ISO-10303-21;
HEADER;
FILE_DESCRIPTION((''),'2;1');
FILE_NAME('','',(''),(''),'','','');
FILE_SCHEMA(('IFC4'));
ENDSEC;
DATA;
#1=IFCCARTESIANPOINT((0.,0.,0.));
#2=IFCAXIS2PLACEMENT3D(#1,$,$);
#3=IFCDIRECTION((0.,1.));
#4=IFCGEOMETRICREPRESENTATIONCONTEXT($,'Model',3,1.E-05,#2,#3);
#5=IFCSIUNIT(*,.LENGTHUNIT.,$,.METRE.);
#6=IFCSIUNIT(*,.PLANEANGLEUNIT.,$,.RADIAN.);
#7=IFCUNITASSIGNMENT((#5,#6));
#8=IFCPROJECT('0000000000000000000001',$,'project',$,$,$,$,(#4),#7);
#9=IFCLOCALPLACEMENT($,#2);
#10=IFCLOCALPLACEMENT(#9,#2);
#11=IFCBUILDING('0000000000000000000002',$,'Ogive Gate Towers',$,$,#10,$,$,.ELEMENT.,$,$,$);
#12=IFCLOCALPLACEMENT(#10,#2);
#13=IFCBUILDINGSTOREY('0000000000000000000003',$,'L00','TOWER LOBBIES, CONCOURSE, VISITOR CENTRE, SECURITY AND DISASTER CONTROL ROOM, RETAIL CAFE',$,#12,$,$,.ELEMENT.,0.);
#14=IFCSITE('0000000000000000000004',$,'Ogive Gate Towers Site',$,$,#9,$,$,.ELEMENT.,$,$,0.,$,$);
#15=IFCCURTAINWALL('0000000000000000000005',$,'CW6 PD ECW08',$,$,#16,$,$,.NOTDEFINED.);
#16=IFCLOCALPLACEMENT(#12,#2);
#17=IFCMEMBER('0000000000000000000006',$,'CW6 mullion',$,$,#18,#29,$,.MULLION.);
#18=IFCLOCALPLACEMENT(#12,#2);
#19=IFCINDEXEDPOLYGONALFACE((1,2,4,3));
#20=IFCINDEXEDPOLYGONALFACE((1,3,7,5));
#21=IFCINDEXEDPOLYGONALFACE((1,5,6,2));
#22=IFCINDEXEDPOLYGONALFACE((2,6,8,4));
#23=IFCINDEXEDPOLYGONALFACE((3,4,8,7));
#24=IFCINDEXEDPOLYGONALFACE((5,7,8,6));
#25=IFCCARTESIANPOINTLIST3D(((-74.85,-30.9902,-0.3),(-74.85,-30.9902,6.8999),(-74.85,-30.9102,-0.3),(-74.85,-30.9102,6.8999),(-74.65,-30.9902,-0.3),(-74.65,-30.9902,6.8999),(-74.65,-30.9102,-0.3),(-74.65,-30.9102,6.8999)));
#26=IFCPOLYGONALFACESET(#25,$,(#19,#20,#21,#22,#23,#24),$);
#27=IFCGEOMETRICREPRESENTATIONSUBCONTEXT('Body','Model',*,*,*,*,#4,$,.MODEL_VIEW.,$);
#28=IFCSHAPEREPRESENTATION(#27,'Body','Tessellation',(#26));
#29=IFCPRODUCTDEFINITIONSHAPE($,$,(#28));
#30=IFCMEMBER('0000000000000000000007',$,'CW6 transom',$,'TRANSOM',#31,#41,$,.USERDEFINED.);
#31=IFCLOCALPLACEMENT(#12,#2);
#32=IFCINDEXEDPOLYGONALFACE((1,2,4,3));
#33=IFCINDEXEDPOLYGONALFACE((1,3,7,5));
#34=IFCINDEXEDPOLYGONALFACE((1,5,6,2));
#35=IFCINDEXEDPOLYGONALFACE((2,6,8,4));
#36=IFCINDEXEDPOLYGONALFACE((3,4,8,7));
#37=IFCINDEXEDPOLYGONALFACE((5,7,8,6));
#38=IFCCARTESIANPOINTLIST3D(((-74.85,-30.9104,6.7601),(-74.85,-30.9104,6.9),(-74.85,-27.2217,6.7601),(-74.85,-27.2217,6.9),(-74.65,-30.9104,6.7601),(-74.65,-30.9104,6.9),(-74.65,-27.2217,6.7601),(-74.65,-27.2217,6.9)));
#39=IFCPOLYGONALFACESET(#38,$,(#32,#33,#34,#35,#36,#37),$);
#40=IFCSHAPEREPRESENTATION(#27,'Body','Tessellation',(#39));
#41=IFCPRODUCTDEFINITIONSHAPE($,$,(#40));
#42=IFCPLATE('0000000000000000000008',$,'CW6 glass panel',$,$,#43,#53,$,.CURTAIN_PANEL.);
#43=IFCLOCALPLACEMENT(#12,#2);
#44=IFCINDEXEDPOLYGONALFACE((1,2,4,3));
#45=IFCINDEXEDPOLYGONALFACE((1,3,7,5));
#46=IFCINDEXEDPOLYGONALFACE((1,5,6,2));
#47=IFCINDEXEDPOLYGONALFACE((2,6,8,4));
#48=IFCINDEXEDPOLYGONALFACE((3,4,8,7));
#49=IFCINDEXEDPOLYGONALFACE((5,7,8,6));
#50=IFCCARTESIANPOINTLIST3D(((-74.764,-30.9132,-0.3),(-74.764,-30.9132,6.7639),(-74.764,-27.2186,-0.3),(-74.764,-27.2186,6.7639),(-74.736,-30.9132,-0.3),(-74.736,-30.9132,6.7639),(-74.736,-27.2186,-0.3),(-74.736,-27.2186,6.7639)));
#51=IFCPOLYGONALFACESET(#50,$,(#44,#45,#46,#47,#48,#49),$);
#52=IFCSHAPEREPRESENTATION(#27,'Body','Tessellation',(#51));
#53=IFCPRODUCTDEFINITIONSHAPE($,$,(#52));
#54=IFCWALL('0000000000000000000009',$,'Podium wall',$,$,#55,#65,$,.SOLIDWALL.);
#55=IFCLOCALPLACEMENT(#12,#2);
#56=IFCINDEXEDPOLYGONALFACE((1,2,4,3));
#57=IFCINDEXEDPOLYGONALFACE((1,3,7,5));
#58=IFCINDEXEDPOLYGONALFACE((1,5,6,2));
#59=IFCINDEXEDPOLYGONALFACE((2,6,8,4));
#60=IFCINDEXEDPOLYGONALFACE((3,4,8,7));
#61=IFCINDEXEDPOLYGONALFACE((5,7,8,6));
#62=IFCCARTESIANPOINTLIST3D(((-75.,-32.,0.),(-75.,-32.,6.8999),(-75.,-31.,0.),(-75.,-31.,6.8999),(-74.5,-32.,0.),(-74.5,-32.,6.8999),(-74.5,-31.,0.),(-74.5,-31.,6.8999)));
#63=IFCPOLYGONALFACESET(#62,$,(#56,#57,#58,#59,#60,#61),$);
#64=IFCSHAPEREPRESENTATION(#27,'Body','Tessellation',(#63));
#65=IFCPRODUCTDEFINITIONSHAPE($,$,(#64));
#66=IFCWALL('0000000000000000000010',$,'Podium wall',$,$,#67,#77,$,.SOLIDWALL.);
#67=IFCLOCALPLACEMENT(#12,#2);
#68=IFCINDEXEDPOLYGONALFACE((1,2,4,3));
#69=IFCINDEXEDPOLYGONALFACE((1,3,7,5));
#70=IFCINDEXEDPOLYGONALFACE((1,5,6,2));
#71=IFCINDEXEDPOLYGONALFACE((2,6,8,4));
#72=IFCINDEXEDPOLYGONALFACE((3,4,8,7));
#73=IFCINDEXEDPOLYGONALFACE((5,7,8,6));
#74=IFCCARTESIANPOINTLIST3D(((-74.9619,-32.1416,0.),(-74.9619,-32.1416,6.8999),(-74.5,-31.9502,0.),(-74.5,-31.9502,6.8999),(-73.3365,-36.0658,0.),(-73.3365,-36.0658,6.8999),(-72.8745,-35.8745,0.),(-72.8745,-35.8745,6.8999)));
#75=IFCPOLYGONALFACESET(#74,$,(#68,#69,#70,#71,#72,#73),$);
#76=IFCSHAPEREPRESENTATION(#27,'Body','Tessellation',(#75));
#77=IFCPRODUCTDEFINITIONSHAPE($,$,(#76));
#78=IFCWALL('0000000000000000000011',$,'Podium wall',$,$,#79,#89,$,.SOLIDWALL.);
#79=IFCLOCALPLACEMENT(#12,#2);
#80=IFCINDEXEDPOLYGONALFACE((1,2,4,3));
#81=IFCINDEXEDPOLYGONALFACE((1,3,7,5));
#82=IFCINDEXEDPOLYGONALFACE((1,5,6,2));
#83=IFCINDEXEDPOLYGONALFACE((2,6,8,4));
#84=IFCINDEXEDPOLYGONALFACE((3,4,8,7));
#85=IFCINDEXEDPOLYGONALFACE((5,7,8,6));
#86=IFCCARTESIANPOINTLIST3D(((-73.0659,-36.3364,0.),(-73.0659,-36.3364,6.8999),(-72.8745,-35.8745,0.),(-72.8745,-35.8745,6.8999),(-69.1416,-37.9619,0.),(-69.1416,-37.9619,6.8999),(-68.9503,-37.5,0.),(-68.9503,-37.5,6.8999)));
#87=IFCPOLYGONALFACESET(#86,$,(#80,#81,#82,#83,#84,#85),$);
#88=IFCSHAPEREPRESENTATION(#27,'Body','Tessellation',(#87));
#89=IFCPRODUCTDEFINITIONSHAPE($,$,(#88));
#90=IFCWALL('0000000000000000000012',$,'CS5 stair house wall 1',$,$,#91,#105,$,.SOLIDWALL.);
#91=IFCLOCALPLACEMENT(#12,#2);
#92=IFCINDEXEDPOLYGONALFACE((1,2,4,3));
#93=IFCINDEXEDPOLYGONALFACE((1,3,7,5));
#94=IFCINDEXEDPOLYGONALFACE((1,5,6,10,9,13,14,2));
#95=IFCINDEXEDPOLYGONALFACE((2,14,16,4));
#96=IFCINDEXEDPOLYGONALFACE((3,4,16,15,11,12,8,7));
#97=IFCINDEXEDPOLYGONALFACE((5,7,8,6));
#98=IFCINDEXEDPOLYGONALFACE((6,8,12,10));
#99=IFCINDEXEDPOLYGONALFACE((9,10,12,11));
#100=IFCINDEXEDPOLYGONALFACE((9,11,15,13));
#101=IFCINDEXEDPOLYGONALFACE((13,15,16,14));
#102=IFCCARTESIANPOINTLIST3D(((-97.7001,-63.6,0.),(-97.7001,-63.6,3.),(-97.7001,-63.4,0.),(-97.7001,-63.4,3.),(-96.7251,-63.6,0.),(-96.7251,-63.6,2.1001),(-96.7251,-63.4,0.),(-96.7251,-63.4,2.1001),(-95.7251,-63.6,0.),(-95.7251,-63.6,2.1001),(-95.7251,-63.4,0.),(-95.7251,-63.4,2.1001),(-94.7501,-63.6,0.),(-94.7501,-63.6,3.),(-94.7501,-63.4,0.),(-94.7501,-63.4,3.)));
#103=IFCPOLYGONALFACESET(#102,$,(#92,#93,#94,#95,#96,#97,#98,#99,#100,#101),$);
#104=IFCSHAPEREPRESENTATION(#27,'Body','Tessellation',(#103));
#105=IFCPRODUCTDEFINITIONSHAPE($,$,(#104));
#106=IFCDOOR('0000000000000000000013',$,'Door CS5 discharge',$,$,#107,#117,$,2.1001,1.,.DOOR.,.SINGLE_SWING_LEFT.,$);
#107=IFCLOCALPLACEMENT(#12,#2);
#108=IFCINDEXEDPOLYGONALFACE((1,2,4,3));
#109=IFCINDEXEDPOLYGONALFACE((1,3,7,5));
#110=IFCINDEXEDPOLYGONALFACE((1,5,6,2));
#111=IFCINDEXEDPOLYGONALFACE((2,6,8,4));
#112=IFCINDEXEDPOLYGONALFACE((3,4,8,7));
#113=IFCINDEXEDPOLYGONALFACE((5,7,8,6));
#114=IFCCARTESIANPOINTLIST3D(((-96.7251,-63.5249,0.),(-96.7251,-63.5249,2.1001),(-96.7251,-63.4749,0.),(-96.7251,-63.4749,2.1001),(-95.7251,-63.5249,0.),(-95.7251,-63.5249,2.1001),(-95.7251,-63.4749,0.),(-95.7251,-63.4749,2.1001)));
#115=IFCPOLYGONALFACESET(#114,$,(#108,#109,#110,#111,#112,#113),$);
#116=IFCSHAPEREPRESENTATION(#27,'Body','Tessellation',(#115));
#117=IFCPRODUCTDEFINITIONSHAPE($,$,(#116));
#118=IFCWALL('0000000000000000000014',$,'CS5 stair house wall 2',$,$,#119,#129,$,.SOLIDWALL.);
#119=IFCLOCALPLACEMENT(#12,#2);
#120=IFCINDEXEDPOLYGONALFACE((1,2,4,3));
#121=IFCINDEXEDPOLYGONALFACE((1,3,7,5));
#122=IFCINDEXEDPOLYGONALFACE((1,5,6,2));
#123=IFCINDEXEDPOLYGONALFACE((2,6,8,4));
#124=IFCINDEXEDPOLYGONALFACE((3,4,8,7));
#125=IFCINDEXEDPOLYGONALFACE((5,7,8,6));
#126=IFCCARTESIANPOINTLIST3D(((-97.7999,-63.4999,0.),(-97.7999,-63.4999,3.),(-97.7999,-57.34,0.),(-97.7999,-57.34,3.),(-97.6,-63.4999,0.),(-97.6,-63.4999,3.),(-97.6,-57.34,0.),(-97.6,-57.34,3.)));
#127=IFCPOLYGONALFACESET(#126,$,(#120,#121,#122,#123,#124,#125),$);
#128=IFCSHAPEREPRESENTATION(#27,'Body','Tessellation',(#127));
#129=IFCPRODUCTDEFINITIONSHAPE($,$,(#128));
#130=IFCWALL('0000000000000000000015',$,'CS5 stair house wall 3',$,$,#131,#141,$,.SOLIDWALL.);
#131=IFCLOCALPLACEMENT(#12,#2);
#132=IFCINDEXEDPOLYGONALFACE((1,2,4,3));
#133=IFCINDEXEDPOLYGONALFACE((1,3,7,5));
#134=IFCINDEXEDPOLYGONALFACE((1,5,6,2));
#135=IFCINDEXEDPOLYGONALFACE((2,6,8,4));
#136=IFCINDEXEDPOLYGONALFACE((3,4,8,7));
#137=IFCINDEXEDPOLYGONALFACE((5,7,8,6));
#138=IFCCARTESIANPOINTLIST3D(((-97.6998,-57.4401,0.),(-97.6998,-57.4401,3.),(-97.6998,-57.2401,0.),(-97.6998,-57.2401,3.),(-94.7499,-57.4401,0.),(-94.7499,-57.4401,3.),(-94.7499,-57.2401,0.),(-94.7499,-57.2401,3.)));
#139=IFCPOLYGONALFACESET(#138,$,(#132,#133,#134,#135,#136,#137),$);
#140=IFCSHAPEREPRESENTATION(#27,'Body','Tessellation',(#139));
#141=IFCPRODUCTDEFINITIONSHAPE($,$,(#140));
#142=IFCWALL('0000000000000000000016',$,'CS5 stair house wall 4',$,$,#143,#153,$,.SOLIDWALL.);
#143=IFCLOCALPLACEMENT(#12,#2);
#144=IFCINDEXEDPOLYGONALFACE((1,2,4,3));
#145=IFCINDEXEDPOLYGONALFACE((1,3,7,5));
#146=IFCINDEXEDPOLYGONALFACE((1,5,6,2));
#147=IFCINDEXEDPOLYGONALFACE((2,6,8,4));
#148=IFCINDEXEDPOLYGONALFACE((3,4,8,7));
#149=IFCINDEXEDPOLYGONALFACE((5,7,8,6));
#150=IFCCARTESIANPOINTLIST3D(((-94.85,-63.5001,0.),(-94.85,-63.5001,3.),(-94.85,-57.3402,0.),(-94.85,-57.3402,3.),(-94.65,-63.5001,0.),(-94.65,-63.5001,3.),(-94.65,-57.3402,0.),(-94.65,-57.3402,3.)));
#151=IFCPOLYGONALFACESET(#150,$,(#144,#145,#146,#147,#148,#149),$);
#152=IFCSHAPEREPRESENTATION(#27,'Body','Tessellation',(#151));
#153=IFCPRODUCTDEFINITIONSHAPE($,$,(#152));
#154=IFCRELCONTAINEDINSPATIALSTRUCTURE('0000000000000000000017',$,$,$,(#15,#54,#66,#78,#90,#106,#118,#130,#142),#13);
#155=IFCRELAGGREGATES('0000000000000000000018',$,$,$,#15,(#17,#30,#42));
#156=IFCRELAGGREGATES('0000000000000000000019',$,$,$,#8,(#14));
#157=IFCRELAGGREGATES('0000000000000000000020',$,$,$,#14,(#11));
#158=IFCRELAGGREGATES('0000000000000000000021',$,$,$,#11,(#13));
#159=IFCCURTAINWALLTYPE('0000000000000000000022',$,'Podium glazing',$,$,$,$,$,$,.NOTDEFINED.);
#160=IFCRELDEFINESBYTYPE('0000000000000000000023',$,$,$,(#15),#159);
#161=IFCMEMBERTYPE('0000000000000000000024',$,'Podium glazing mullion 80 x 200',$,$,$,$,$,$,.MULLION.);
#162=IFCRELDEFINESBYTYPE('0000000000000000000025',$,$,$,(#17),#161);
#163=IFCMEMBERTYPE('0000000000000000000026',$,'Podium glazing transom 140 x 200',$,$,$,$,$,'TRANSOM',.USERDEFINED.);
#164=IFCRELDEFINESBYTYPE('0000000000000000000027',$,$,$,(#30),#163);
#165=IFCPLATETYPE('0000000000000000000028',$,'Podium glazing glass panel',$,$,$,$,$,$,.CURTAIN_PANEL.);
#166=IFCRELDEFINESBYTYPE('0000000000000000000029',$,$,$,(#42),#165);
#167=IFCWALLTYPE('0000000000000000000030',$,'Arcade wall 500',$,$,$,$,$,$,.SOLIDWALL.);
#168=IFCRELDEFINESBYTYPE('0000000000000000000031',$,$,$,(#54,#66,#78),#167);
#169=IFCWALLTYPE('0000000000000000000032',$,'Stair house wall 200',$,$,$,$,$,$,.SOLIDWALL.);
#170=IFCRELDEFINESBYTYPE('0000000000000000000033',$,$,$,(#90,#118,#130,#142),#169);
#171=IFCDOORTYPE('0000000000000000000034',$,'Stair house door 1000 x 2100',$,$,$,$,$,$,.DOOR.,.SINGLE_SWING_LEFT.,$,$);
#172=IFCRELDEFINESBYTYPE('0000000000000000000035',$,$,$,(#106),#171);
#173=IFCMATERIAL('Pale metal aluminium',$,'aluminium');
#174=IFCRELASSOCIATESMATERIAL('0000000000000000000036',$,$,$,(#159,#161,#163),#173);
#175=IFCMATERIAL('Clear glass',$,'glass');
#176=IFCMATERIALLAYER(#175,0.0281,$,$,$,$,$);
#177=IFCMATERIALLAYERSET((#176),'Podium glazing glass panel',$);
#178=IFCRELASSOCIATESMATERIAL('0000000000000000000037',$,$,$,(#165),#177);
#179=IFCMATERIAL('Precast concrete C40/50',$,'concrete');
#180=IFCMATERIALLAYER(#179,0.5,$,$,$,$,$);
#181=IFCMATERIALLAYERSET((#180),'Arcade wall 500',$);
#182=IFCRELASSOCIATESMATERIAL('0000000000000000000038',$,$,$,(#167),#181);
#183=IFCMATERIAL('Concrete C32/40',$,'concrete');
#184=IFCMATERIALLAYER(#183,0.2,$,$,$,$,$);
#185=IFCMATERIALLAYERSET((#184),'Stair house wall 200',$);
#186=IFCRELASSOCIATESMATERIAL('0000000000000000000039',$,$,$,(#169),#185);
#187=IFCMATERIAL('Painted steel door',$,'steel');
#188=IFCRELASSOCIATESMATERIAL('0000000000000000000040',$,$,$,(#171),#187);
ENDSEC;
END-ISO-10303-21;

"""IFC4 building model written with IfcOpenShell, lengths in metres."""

from ifc_helpers import new_model, si_unit, direction, frame, frame_2d, origin, origin_2d, place, context, subcontext, project, spatial, rectangle, extrude, material, layer, layer_set, material_profile, profile_set, type_object, element, fill, aggregate, save


model = new_model("IFC4")

# Units and contexts
model_context = context("Model", 3, precision=1e-05, world=origin(), true_north=direction((0.0, 1.0)))
body_context = subcontext(model_context, "Body", "Model", "MODEL_VIEW")
ifc_project = project(units=[si_unit("LENGTHUNIT", "METRE"), si_unit("PLANEANGLEUNIT", "RADIAN")], contexts=[model_context])

# Site, building, storey
site_placement = place(None, origin())
site = spatial("IfcSite", under=ifc_project, at=site_placement, Name="Ogive Gate Towers Site", CompositionType="ELEMENT", RefElevation=0.0)
building_placement = place(site_placement, origin())
building = spatial("IfcBuilding", under=site, at=building_placement, Name="Ogive Gate Towers", CompositionType="ELEMENT")
storey_placement = place(building_placement, origin())
storey = spatial("IfcBuildingStorey", under=building, at=storey_placement, Name="L00", Description="TOWER LOBBIES, CONCOURSE, VISITOR CENTRE, SECURITY AND DISASTER CONTROL ROOM, RETAIL CAFE", CompositionType="ELEMENT", Elevation=0.0)

# Shared definitions
ifc_material_1 = material(Name="Precast concrete C40/50", Category="concrete")

# Curtain wall, members, plate
ifc_material_2 = material(Name="Pale metal aluminium", Category="aluminium")
curtain_wall_type = type_object("IfcCurtainWallType", Name="Podium glazing", PredefinedType="NOTDEFINED", material=ifc_material_2)
curtain_wall_placement = place(storey_placement, origin())
curtain_wall = element("IfcCurtainWall", 1, at=curtain_wall_placement, inside=storey, type_object=curtain_wall_type, Name="CW6 PD ECW08", PredefinedType="NOTDEFINED")
ifc_material_profile_1 = material_profile(ifc_material_2, rectangle(XDim=0.2, YDim=0.0801, at=origin_2d()), Name="80 x 200 aluminium box")
ifc_profile_set_1 = profile_set([ifc_material_profile_1], Name="Pale metal aluminium")
member_type_1 = type_object("IfcMemberType", Name="Podium glazing mullion 80 x 200", PredefinedType="MULLION", material=ifc_profile_set_1)
member_1_placement = place(storey_placement, frame((-74.75, -30.9502, -0.3), z_axis=(0.0, 0.0, 1.0), x_axis=(-1.0, 0.0, 0.0)))
member_1 = element("IfcMember", 2, at=member_1_placement, type_object=member_type_1, Name="CW6 mullion", PredefinedType="MULLION", context=body_context, shape_type="SweptSolid", body=[
    extrude(rectangle(XDim=0.2, YDim=0.0801, at=origin_2d()), origin(), (0.0, 0.0, 1.0), 7.2),
])
ifc_material_profile_2 = material_profile(ifc_material_2, rectangle(XDim=0.2, YDim=0.1399, at=origin_2d()), Name="140 x 200 aluminium box")
ifc_profile_set_2 = profile_set([ifc_material_profile_2], Name="Pale metal aluminium")
member_type_2 = type_object("IfcMemberType", Name="Podium glazing transom 140 x 200", ElementType="TRANSOM", PredefinedType="USERDEFINED", material=ifc_profile_set_2)
member_2_placement = place(storey_placement, frame((-74.75, -27.2217, 6.8301), z_axis=(0.0, -1.0, 0.0), x_axis=(1.0, 0.0, 0.0)))
member_2 = element("IfcMember", 3, at=member_2_placement, type_object=member_type_2, Name="CW6 transom", ObjectType="TRANSOM", PredefinedType="USERDEFINED", context=body_context, shape_type="SweptSolid", body=[
    extrude(rectangle(XDim=0.2, YDim=0.1399, at=origin_2d()), origin(), (0.0, 0.0, 1.0), 3.6887),
])
ifc_material_3 = material(Name="Clear glass", Category="glass")
ifc_layer_1 = layer(ifc_material_3, 0.0281)
ifc_layer_set_1 = layer_set([ifc_layer_1], Name="Podium glazing glass panel")
plate_type = type_object("IfcPlateType", Name="Podium glazing glass panel", PredefinedType="CURTAIN_PANEL", material=ifc_layer_set_1)
plate_placement = place(storey_placement, frame((-74.75, -29.0659, -0.3), z_axis=(0.0, 0.0, 1.0), x_axis=(0.0, -1.0, 0.0)))
plate = element("IfcPlate", 4, at=plate_placement, type_object=plate_type, Name="CW6 glass panel", PredefinedType="CURTAIN_PANEL", context=body_context, shape_type="SweptSolid", body=[
    extrude(rectangle(XDim=3.6946, YDim=0.0281, at=origin_2d()), origin(), (0.0, 0.0, 1.0), 7.064),
])
aggregate(curtain_wall, [member_1, member_2, plate])

# Walls
ifc_layer_2 = layer(ifc_material_1, 0.5)
ifc_layer_set_2 = layer_set([ifc_layer_2], Name="Arcade wall 500")
wall_type_1 = type_object("IfcWallType", Name="Arcade wall 500", PredefinedType="SOLIDWALL", material=ifc_layer_set_2)
wall_1_placement = place(storey_placement, frame((-74.75, -31.0, 0.0), z_axis=(0.0, 0.0, 1.0), x_axis=(0.0, -1.0, 0.0)))
element("IfcWall", 5, at=wall_1_placement, inside=storey, type_object=wall_type_1, Name="Podium wall", PredefinedType="SOLIDWALL", context=body_context, shape_type="SweptSolid", body=[
    extrude(rectangle(XDim=1.0, YDim=0.5, at=frame_2d((0.5, 0.0))), origin(), (0.0, 0.0, 1.0), 6.8999),
])
for number, where, z_axis, x_axis, name in (
    (6, (-74.731, -32.0459, 0.0), (0.0, 0.0, 1.0), (0.38268, -0.923881, 0.0), "Podium wall"),
    (7, (-72.9702, -36.1055, 0.0), (0.0, 0.0, 1.0), (0.923881, -0.38268, 0.0), "Podium wall"),
):
    element("IfcWall", number, at=place(storey_placement, frame(where, z_axis=z_axis, x_axis=x_axis)), inside=storey, type_object=wall_type_1, Name=name, PredefinedType="SOLIDWALL", context=body_context, shape_type="SweptSolid", body=[
        extrude(rectangle(XDim=4.2476, YDim=0.5, at=frame_2d((2.1238, 0.0))), origin(), (0.0, 0.0, 1.0), 6.8999),
    ])

# Wall, opening, door
ifc_material_4 = material(Name="Concrete C32/40", Category="concrete")
ifc_layer_3 = layer(ifc_material_4, 0.2)
ifc_layer_set_3 = layer_set([ifc_layer_3], Name="Stair house wall 200")
wall_type_2 = type_object("IfcWallType", Name="Stair house wall 200", PredefinedType="SOLIDWALL", material=ifc_layer_set_3)
wall_2_placement = place(storey_placement, frame((-94.75, -63.5, 0.0), z_axis=(0.0, 0.0, 1.0), x_axis=(-1.0, 0.0, 0.0)))
wall_2 = element("IfcWall", 8, at=wall_2_placement, inside=storey, type_object=wall_type_2, Name="CS5 stair house wall 1", PredefinedType="SOLIDWALL", context=body_context, shape_type="SweptSolid", body=[
    extrude(rectangle(XDim=2.95, YDim=0.2, at=frame_2d((1.4751, 0.0))), origin(), (0.0, 0.0, 1.0), 3.0),
])
opening_placement = place(wall_2_placement, frame((0.9751, 0.0, 0.0)))
opening = element("IfcOpeningElement", 9, at=opening_placement, cuts=wall_2, PredefinedType="OPENING", context=body_context, shape_type="SweptSolid", body=[
    extrude(rectangle(XDim=1.0, YDim=2.1001, at=frame_2d((0.5, 1.05))), frame((0.0, 0.1099, 0.0), z_axis=(0.0, -1.0, 0.0), x_axis=(1.0, 0.0, 0.0)), (0.0, 0.0, 1.0), 0.22),
])
ifc_material_5 = material(Name="Painted steel door", Category="steel")
door_type = type_object("IfcDoorType", Name="Stair house door 1000 x 2100", OperationType="SINGLE_SWING_LEFT", PredefinedType="DOOR", material=ifc_material_5)
door_placement = place(opening_placement, origin())
door = element("IfcDoor", 10, at=door_placement, inside=storey, type_object=door_type, Name="Door CS5 discharge", OperationType="SINGLE_SWING_LEFT", OverallHeight=2.1001, OverallWidth=1.0, PredefinedType="DOOR", context=body_context, shape_type="SweptSolid", body=[
    extrude(rectangle(XDim=1.0, YDim=2.1001, at=frame_2d((0.5, 1.05))), frame((0.0, 0.0249, 0.0), z_axis=(0.0, -1.0, 0.0), x_axis=(1.0, 0.0, 0.0)), (0.0, 0.0, 1.0), 0.05),
])
fill(opening, door)

# Walls
wall_3_placement = place(storey_placement, frame((-97.7, -63.5, 0.0), z_axis=(0.0, 0.0, 1.0), x_axis=(0.0, 1.0, 0.0)))
element("IfcWall", 11, at=wall_3_placement, inside=storey, type_object=wall_type_2, Name="CS5 stair house wall 2", PredefinedType="SOLIDWALL", context=body_context, shape_type="SweptSolid", body=[
    extrude(rectangle(XDim=6.1599, YDim=0.2, at=frame_2d((3.0801, 0.0))), origin(), (0.0, 0.0, 1.0), 3.0),
])
wall_4_placement = place(storey_placement, frame((-97.7, -57.3401, 0.0), z_axis=(0.0, 0.0, 1.0), x_axis=(1.0, 0.0, 0.0)))
element("IfcWall", 12, at=wall_4_placement, inside=storey, type_object=wall_type_2, Name="CS5 stair house wall 3", PredefinedType="SOLIDWALL", context=body_context, shape_type="SweptSolid", body=[
    extrude(rectangle(XDim=2.95, YDim=0.2, at=frame_2d((1.4751, 0.0))), origin(), (0.0, 0.0, 1.0), 3.0),
])
wall_5_placement = place(storey_placement, frame((-94.75, -57.3401, 0.0), z_axis=(0.0, 0.0, 1.0), x_axis=(0.0, -1.0, 0.0)))
element("IfcWall", 13, at=wall_5_placement, inside=storey, type_object=wall_type_2, Name="CS5 stair house wall 4", PredefinedType="SOLIDWALL", context=body_context, shape_type="SweptSolid", body=[
    extrude(rectangle(XDim=6.1599, YDim=0.2, at=frame_2d((3.0801, 0.0))), origin(), (0.0, 0.0, 1.0), 3.0),
])

save(model, "model.ifc")
